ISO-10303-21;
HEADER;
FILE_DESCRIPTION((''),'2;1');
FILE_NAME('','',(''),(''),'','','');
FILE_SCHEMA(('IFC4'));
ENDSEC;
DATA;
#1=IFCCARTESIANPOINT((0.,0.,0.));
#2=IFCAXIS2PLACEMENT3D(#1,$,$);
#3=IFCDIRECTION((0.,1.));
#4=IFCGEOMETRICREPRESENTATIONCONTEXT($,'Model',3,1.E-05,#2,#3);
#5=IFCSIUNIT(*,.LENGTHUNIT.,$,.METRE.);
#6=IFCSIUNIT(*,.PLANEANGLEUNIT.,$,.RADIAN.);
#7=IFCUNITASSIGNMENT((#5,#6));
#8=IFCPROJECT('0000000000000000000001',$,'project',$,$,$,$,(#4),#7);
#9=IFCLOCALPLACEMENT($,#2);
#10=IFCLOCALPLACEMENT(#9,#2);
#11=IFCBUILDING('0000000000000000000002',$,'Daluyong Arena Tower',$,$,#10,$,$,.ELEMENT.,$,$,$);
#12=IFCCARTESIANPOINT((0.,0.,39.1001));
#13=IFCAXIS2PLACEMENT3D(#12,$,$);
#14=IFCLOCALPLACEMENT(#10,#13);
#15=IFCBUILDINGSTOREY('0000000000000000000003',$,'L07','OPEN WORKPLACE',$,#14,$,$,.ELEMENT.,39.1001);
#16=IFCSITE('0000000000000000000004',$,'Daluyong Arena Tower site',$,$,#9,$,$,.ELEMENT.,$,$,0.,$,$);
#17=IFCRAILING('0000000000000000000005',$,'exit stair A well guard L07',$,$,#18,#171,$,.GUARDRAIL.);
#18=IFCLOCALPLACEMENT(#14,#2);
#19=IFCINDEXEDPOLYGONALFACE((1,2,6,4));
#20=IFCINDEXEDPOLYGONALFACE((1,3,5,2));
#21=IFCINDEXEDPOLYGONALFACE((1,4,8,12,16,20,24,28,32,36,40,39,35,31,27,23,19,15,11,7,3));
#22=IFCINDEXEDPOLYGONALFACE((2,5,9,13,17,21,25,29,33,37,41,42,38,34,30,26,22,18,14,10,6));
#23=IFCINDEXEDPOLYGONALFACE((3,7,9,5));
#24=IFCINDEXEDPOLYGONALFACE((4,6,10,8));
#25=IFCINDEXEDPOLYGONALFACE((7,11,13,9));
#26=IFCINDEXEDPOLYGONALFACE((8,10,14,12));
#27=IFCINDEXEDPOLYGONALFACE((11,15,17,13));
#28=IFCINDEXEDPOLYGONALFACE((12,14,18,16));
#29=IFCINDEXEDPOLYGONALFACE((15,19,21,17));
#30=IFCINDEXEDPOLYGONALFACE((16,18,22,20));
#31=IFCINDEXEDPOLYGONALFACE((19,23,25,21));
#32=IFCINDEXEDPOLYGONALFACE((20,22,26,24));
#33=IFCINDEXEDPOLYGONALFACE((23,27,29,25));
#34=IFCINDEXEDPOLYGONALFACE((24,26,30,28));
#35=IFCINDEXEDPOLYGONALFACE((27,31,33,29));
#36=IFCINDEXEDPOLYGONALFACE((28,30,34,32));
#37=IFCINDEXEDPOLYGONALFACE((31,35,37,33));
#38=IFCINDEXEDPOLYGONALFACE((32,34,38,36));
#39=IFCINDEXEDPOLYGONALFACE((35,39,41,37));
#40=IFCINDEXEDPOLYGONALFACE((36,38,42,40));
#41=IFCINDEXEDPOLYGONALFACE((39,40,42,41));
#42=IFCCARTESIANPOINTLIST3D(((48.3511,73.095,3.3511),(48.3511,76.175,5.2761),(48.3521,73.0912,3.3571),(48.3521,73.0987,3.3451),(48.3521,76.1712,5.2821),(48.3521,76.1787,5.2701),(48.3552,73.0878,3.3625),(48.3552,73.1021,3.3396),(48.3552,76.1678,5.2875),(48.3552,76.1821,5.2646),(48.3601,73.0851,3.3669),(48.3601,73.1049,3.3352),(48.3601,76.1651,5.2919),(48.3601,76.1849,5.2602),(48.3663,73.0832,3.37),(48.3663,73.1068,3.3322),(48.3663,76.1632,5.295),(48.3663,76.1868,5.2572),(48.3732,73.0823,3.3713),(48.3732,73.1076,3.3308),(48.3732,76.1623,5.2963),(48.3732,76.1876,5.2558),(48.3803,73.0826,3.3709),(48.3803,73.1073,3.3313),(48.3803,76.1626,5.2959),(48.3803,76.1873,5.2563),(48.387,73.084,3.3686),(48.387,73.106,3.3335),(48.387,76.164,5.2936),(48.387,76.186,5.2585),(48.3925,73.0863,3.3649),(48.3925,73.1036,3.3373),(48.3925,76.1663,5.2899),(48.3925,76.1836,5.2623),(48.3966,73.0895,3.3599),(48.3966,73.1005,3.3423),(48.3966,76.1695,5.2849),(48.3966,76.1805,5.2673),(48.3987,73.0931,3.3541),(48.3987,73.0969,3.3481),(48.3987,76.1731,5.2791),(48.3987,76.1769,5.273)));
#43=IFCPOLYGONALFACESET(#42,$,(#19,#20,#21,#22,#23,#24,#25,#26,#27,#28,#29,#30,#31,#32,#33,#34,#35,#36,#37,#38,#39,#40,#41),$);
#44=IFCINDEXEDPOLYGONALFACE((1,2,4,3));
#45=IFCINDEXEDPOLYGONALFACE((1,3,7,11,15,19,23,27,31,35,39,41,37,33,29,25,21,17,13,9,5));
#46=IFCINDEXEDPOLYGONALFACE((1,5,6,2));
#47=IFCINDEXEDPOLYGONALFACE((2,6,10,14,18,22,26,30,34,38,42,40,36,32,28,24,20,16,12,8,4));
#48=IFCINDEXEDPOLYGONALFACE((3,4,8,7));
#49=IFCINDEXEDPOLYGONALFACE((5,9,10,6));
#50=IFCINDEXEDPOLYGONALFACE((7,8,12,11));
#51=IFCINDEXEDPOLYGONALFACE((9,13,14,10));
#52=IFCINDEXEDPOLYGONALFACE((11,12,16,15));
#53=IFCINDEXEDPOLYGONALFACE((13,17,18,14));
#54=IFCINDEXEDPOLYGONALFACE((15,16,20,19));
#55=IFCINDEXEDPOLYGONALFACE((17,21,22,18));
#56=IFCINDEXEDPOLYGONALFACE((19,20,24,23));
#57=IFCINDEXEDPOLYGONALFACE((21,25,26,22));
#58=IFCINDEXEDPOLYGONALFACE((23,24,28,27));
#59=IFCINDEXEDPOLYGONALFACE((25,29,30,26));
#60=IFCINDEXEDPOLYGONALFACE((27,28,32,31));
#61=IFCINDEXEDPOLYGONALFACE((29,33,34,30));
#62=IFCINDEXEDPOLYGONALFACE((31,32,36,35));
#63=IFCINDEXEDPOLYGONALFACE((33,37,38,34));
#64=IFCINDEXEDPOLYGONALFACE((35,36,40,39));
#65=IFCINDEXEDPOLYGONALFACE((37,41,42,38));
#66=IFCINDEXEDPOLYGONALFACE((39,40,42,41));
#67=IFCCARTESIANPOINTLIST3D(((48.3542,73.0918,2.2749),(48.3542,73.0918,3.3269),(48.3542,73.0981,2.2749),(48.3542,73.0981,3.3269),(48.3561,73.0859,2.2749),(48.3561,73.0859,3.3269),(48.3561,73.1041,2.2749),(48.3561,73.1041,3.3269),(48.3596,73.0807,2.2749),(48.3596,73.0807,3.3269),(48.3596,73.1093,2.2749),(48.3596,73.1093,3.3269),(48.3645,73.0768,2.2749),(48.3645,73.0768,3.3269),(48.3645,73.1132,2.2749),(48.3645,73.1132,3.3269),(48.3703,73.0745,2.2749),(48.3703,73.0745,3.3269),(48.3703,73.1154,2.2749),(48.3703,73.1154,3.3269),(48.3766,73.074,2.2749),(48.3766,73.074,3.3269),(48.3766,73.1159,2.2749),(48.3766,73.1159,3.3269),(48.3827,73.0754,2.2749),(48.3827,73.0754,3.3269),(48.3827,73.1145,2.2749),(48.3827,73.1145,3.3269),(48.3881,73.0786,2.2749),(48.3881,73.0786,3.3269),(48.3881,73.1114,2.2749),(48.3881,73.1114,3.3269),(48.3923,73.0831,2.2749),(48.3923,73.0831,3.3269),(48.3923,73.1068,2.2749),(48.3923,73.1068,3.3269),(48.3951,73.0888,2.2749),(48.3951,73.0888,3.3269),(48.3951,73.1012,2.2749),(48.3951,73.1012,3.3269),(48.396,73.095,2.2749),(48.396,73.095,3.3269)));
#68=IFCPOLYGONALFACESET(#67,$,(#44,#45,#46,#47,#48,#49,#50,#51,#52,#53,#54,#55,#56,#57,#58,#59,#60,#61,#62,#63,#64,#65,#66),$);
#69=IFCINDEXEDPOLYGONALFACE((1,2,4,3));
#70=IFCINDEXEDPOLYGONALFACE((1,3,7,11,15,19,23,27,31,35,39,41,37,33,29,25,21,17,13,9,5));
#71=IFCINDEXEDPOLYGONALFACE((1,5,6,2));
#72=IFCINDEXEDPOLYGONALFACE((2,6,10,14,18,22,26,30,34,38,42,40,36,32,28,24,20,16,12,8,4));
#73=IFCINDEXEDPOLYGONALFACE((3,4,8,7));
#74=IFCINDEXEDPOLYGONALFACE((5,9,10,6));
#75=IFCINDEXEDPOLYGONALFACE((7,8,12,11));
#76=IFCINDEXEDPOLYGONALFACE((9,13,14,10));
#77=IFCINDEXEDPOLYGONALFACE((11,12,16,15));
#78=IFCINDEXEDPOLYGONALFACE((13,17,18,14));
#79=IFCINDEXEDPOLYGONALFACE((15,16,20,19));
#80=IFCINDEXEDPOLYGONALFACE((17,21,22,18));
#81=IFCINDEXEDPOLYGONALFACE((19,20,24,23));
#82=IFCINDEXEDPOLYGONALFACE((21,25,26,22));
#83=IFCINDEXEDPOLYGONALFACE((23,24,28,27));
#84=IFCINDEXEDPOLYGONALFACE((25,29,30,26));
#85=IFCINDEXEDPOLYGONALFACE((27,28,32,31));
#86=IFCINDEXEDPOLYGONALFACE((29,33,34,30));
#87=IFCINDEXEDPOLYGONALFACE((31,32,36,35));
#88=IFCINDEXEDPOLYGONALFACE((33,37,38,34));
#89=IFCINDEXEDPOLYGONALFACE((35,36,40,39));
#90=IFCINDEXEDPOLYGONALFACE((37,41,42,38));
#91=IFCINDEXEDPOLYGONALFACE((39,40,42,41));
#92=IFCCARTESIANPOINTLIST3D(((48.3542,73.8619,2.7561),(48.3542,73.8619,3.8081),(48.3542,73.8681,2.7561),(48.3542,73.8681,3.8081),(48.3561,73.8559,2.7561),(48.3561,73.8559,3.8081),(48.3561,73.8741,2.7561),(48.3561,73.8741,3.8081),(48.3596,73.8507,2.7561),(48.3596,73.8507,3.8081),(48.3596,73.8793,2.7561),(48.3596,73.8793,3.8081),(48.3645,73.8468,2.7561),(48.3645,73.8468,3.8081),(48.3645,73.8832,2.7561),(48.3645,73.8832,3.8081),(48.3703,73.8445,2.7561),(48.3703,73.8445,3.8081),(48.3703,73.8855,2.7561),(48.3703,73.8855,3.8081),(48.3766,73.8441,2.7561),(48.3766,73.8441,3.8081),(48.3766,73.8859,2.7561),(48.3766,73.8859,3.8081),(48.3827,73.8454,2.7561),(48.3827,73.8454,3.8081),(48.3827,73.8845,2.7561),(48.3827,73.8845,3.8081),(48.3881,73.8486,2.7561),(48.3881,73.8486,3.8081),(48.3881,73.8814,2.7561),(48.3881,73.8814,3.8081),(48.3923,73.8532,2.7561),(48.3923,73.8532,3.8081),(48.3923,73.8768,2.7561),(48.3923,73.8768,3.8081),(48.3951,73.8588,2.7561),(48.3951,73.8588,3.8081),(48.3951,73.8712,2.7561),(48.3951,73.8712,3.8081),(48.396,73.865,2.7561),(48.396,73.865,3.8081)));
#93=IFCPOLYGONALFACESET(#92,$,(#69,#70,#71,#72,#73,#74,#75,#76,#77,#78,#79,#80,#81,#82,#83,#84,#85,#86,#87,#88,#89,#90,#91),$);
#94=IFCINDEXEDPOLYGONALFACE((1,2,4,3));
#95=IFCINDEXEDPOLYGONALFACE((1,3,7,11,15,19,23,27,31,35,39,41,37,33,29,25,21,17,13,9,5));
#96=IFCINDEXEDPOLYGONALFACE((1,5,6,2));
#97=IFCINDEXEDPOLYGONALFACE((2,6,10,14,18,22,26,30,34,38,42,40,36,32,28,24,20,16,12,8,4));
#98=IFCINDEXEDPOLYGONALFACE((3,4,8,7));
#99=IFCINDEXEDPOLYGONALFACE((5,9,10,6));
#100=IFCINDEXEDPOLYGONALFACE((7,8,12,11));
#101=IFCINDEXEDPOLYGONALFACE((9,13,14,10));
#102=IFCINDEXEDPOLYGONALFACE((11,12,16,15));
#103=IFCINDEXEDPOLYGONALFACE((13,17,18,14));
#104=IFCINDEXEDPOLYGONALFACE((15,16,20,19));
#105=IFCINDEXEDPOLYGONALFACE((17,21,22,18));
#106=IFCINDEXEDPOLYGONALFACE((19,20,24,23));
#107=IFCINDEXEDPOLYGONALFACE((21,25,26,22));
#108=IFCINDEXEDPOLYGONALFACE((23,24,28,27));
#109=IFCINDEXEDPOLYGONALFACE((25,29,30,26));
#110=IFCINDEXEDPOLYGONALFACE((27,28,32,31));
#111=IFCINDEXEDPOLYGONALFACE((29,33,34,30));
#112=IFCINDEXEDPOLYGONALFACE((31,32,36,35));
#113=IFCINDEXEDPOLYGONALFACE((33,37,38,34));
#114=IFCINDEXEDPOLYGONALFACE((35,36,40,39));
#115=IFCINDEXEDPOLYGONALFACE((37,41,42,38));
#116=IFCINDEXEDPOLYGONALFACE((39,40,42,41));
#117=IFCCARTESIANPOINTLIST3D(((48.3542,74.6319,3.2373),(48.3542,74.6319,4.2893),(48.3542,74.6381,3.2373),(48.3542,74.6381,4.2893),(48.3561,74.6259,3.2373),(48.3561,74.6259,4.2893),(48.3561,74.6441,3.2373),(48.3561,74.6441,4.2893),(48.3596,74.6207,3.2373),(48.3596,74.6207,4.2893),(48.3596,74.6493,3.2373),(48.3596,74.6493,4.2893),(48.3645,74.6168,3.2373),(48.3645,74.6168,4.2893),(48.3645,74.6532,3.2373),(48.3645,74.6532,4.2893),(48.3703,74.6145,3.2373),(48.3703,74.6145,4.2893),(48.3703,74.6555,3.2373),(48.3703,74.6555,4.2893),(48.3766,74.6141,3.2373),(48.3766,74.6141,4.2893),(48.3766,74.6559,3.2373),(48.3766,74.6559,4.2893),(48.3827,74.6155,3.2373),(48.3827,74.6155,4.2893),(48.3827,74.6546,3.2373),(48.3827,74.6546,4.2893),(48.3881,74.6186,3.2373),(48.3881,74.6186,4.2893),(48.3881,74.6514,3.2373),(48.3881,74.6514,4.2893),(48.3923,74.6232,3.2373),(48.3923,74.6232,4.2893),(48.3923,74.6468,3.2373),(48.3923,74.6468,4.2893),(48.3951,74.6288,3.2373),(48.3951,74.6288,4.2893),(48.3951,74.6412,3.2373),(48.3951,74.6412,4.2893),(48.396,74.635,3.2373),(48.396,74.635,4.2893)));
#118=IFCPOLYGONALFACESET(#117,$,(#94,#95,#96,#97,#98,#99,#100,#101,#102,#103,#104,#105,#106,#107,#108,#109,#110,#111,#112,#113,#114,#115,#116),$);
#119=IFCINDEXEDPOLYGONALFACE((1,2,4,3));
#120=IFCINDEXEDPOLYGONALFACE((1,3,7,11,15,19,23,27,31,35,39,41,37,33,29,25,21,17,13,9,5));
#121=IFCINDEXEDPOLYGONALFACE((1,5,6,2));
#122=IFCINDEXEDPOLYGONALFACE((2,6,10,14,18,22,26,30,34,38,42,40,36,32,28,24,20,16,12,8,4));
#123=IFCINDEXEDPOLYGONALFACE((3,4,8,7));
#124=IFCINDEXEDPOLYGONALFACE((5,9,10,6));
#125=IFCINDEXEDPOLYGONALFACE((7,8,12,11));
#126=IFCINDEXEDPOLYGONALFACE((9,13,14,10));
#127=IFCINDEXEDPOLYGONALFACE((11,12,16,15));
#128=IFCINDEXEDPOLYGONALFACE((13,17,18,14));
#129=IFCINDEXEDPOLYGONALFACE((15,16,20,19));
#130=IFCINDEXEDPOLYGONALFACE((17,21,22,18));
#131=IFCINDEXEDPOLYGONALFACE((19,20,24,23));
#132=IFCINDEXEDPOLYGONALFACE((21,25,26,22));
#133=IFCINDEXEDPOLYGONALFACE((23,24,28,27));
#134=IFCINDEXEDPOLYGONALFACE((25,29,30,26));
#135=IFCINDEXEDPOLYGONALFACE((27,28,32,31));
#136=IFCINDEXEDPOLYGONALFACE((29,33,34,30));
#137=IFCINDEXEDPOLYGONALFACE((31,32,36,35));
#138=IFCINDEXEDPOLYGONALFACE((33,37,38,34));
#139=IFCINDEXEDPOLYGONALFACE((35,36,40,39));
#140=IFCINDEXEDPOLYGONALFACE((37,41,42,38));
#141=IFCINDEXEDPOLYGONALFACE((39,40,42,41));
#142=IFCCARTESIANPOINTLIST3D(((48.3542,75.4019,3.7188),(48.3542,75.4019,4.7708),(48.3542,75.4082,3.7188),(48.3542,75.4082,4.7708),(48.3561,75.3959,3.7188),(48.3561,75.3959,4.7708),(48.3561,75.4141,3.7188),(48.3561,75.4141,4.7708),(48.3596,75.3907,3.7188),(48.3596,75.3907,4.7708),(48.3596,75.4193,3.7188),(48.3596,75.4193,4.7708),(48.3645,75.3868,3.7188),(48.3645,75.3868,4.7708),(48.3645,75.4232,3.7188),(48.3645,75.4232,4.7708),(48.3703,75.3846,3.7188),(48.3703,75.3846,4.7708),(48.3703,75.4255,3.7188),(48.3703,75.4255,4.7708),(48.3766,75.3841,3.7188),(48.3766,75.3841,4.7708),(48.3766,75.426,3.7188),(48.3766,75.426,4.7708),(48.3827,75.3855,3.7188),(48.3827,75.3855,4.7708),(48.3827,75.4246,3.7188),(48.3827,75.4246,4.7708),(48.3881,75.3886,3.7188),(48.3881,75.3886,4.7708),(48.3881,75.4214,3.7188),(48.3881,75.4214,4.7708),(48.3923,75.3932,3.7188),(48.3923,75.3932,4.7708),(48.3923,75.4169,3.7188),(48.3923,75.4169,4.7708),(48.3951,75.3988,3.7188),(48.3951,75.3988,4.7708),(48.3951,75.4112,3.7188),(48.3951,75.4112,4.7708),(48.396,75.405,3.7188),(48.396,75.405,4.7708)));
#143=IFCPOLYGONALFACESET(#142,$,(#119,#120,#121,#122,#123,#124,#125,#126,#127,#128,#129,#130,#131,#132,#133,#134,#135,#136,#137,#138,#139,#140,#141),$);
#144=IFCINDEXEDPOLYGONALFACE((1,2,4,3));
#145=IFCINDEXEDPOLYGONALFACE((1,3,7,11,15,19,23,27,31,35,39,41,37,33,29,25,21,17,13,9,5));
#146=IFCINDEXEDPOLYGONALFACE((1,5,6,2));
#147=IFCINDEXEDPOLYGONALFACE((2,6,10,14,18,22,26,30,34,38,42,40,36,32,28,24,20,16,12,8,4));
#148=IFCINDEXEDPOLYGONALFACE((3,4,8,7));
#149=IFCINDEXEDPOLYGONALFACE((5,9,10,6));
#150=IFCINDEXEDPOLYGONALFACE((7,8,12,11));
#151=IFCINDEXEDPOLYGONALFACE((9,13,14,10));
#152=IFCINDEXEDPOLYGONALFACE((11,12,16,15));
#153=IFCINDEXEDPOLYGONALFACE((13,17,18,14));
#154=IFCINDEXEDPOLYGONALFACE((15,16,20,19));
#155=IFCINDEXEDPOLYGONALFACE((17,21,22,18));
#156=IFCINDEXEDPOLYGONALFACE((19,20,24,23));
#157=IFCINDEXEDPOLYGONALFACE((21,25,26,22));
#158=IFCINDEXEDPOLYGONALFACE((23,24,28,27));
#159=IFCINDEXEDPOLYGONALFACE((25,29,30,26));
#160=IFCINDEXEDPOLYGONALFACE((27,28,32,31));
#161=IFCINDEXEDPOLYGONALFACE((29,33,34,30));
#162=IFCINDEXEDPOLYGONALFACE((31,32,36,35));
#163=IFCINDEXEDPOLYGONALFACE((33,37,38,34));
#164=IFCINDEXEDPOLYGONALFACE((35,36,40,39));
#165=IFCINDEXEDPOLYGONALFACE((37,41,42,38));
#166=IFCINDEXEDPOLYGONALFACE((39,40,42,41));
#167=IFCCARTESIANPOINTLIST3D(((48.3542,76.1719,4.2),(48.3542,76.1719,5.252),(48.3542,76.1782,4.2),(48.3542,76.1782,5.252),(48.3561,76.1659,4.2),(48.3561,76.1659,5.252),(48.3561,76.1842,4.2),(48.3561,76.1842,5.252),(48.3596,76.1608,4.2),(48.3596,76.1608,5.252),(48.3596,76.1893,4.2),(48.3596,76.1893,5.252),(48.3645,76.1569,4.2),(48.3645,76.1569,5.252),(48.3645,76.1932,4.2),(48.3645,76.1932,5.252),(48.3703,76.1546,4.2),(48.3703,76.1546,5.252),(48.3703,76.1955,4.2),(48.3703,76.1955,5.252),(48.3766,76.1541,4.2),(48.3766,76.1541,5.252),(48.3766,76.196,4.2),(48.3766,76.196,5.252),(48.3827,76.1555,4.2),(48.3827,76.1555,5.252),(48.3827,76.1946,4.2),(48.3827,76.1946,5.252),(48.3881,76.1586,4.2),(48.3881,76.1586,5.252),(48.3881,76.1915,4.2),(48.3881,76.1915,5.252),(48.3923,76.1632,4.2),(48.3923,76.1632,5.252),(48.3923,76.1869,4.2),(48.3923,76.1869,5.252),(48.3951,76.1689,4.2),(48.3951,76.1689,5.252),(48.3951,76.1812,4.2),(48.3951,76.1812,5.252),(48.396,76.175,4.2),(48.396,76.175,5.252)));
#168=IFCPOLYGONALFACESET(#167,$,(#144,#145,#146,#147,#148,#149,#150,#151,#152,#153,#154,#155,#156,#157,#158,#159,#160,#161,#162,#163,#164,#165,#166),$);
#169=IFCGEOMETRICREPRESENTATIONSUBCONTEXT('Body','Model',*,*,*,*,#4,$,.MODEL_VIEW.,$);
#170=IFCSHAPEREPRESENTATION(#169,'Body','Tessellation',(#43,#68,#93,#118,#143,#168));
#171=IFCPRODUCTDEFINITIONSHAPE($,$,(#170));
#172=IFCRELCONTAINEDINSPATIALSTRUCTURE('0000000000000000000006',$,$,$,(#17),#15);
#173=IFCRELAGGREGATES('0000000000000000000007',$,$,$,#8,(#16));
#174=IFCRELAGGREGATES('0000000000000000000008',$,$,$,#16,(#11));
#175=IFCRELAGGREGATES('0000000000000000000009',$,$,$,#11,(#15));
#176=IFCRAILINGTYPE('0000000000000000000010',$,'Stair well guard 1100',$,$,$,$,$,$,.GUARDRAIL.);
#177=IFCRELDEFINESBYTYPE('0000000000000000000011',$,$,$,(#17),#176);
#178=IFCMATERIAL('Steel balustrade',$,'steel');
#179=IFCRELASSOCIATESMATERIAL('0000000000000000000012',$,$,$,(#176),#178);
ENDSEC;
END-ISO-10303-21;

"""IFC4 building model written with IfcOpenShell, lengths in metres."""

from ifc_helpers import new_model, si_unit, direction, frame, origin, origin_2d, place, context, subcontext, project, spatial, circle, extrude, material, type_object, element, save


model = new_model("IFC4")

# Units and contexts
model_context = context("Model", 3, precision=1e-05, world=origin(), true_north=direction((0.0, 1.0)))
body_context = subcontext(model_context, "Body", "Model", "MODEL_VIEW")
ifc_project = project(units=[si_unit("LENGTHUNIT", "METRE"), si_unit("PLANEANGLEUNIT", "RADIAN")], contexts=[model_context])

# Site, building, storey
site_placement = place(None, origin())
site = spatial("IfcSite", under=ifc_project, at=site_placement, Name="Daluyong Arena Tower site", CompositionType="ELEMENT", RefElevation=0.0)
building_placement = place(site_placement, origin())
building = spatial("IfcBuilding", under=site, at=building_placement, Name="Daluyong Arena Tower", CompositionType="ELEMENT")
storey_placement = place(building_placement, frame((0.0, 0.0, 39.1001)))
storey = spatial("IfcBuildingStorey", under=building, at=storey_placement, Name="L07", Description="OPEN WORKPLACE", CompositionType="ELEMENT", Elevation=39.1001)

# Railing
ifc_material_1 = material(Name="Steel balustrade", Category="steel")
railing_type_1 = type_object("IfcRailingType", Name="Stair well guard 1100", PredefinedType="GUARDRAIL", material=ifc_material_1)
railing_1_placement = place(storey_placement, frame((48.375, 73.095, 2.2749)))
element("IfcRailing", 1, at=railing_1_placement, inside=storey, type_object=railing_type_1, Name="exit stair A well guard L07", PredefinedType="GUARDRAIL", context=body_context, shape_type="SweptSolid", body=[
    extrude(circle(Radius=0.0239, at=origin_2d()), frame((0.0, 0.0, 1.0762), z_axis=(0.0, 0.847998, 0.529999), x_axis=(-1.0, 0.0, 0.0)), (0.0, 0.0, 1.0), 3.6321),
    extrude(circle(Radius=0.021, at=origin_2d()), origin(), (0.0, 0.0, 1.0), 1.052),
    extrude(circle(Radius=0.021, at=origin_2d()), frame((0.0, 0.77, 0.4812)), (0.0, 0.0, 1.0), 1.052),
    extrude(circle(Radius=0.021, at=origin_2d()), frame((0.0, 1.54, 0.9624)), (0.0, 0.0, 1.0), 1.052),
    extrude(circle(Radius=0.021, at=origin_2d()), frame((0.0, 2.3101, 1.4438)), (0.0, 0.0, 1.0), 1.052),
    extrude(circle(Radius=0.021, at=origin_2d()), frame((0.0, 3.0801, 1.925)), (0.0, 0.0, 1.0), 1.052),
])

save(model, "model.ifc")
